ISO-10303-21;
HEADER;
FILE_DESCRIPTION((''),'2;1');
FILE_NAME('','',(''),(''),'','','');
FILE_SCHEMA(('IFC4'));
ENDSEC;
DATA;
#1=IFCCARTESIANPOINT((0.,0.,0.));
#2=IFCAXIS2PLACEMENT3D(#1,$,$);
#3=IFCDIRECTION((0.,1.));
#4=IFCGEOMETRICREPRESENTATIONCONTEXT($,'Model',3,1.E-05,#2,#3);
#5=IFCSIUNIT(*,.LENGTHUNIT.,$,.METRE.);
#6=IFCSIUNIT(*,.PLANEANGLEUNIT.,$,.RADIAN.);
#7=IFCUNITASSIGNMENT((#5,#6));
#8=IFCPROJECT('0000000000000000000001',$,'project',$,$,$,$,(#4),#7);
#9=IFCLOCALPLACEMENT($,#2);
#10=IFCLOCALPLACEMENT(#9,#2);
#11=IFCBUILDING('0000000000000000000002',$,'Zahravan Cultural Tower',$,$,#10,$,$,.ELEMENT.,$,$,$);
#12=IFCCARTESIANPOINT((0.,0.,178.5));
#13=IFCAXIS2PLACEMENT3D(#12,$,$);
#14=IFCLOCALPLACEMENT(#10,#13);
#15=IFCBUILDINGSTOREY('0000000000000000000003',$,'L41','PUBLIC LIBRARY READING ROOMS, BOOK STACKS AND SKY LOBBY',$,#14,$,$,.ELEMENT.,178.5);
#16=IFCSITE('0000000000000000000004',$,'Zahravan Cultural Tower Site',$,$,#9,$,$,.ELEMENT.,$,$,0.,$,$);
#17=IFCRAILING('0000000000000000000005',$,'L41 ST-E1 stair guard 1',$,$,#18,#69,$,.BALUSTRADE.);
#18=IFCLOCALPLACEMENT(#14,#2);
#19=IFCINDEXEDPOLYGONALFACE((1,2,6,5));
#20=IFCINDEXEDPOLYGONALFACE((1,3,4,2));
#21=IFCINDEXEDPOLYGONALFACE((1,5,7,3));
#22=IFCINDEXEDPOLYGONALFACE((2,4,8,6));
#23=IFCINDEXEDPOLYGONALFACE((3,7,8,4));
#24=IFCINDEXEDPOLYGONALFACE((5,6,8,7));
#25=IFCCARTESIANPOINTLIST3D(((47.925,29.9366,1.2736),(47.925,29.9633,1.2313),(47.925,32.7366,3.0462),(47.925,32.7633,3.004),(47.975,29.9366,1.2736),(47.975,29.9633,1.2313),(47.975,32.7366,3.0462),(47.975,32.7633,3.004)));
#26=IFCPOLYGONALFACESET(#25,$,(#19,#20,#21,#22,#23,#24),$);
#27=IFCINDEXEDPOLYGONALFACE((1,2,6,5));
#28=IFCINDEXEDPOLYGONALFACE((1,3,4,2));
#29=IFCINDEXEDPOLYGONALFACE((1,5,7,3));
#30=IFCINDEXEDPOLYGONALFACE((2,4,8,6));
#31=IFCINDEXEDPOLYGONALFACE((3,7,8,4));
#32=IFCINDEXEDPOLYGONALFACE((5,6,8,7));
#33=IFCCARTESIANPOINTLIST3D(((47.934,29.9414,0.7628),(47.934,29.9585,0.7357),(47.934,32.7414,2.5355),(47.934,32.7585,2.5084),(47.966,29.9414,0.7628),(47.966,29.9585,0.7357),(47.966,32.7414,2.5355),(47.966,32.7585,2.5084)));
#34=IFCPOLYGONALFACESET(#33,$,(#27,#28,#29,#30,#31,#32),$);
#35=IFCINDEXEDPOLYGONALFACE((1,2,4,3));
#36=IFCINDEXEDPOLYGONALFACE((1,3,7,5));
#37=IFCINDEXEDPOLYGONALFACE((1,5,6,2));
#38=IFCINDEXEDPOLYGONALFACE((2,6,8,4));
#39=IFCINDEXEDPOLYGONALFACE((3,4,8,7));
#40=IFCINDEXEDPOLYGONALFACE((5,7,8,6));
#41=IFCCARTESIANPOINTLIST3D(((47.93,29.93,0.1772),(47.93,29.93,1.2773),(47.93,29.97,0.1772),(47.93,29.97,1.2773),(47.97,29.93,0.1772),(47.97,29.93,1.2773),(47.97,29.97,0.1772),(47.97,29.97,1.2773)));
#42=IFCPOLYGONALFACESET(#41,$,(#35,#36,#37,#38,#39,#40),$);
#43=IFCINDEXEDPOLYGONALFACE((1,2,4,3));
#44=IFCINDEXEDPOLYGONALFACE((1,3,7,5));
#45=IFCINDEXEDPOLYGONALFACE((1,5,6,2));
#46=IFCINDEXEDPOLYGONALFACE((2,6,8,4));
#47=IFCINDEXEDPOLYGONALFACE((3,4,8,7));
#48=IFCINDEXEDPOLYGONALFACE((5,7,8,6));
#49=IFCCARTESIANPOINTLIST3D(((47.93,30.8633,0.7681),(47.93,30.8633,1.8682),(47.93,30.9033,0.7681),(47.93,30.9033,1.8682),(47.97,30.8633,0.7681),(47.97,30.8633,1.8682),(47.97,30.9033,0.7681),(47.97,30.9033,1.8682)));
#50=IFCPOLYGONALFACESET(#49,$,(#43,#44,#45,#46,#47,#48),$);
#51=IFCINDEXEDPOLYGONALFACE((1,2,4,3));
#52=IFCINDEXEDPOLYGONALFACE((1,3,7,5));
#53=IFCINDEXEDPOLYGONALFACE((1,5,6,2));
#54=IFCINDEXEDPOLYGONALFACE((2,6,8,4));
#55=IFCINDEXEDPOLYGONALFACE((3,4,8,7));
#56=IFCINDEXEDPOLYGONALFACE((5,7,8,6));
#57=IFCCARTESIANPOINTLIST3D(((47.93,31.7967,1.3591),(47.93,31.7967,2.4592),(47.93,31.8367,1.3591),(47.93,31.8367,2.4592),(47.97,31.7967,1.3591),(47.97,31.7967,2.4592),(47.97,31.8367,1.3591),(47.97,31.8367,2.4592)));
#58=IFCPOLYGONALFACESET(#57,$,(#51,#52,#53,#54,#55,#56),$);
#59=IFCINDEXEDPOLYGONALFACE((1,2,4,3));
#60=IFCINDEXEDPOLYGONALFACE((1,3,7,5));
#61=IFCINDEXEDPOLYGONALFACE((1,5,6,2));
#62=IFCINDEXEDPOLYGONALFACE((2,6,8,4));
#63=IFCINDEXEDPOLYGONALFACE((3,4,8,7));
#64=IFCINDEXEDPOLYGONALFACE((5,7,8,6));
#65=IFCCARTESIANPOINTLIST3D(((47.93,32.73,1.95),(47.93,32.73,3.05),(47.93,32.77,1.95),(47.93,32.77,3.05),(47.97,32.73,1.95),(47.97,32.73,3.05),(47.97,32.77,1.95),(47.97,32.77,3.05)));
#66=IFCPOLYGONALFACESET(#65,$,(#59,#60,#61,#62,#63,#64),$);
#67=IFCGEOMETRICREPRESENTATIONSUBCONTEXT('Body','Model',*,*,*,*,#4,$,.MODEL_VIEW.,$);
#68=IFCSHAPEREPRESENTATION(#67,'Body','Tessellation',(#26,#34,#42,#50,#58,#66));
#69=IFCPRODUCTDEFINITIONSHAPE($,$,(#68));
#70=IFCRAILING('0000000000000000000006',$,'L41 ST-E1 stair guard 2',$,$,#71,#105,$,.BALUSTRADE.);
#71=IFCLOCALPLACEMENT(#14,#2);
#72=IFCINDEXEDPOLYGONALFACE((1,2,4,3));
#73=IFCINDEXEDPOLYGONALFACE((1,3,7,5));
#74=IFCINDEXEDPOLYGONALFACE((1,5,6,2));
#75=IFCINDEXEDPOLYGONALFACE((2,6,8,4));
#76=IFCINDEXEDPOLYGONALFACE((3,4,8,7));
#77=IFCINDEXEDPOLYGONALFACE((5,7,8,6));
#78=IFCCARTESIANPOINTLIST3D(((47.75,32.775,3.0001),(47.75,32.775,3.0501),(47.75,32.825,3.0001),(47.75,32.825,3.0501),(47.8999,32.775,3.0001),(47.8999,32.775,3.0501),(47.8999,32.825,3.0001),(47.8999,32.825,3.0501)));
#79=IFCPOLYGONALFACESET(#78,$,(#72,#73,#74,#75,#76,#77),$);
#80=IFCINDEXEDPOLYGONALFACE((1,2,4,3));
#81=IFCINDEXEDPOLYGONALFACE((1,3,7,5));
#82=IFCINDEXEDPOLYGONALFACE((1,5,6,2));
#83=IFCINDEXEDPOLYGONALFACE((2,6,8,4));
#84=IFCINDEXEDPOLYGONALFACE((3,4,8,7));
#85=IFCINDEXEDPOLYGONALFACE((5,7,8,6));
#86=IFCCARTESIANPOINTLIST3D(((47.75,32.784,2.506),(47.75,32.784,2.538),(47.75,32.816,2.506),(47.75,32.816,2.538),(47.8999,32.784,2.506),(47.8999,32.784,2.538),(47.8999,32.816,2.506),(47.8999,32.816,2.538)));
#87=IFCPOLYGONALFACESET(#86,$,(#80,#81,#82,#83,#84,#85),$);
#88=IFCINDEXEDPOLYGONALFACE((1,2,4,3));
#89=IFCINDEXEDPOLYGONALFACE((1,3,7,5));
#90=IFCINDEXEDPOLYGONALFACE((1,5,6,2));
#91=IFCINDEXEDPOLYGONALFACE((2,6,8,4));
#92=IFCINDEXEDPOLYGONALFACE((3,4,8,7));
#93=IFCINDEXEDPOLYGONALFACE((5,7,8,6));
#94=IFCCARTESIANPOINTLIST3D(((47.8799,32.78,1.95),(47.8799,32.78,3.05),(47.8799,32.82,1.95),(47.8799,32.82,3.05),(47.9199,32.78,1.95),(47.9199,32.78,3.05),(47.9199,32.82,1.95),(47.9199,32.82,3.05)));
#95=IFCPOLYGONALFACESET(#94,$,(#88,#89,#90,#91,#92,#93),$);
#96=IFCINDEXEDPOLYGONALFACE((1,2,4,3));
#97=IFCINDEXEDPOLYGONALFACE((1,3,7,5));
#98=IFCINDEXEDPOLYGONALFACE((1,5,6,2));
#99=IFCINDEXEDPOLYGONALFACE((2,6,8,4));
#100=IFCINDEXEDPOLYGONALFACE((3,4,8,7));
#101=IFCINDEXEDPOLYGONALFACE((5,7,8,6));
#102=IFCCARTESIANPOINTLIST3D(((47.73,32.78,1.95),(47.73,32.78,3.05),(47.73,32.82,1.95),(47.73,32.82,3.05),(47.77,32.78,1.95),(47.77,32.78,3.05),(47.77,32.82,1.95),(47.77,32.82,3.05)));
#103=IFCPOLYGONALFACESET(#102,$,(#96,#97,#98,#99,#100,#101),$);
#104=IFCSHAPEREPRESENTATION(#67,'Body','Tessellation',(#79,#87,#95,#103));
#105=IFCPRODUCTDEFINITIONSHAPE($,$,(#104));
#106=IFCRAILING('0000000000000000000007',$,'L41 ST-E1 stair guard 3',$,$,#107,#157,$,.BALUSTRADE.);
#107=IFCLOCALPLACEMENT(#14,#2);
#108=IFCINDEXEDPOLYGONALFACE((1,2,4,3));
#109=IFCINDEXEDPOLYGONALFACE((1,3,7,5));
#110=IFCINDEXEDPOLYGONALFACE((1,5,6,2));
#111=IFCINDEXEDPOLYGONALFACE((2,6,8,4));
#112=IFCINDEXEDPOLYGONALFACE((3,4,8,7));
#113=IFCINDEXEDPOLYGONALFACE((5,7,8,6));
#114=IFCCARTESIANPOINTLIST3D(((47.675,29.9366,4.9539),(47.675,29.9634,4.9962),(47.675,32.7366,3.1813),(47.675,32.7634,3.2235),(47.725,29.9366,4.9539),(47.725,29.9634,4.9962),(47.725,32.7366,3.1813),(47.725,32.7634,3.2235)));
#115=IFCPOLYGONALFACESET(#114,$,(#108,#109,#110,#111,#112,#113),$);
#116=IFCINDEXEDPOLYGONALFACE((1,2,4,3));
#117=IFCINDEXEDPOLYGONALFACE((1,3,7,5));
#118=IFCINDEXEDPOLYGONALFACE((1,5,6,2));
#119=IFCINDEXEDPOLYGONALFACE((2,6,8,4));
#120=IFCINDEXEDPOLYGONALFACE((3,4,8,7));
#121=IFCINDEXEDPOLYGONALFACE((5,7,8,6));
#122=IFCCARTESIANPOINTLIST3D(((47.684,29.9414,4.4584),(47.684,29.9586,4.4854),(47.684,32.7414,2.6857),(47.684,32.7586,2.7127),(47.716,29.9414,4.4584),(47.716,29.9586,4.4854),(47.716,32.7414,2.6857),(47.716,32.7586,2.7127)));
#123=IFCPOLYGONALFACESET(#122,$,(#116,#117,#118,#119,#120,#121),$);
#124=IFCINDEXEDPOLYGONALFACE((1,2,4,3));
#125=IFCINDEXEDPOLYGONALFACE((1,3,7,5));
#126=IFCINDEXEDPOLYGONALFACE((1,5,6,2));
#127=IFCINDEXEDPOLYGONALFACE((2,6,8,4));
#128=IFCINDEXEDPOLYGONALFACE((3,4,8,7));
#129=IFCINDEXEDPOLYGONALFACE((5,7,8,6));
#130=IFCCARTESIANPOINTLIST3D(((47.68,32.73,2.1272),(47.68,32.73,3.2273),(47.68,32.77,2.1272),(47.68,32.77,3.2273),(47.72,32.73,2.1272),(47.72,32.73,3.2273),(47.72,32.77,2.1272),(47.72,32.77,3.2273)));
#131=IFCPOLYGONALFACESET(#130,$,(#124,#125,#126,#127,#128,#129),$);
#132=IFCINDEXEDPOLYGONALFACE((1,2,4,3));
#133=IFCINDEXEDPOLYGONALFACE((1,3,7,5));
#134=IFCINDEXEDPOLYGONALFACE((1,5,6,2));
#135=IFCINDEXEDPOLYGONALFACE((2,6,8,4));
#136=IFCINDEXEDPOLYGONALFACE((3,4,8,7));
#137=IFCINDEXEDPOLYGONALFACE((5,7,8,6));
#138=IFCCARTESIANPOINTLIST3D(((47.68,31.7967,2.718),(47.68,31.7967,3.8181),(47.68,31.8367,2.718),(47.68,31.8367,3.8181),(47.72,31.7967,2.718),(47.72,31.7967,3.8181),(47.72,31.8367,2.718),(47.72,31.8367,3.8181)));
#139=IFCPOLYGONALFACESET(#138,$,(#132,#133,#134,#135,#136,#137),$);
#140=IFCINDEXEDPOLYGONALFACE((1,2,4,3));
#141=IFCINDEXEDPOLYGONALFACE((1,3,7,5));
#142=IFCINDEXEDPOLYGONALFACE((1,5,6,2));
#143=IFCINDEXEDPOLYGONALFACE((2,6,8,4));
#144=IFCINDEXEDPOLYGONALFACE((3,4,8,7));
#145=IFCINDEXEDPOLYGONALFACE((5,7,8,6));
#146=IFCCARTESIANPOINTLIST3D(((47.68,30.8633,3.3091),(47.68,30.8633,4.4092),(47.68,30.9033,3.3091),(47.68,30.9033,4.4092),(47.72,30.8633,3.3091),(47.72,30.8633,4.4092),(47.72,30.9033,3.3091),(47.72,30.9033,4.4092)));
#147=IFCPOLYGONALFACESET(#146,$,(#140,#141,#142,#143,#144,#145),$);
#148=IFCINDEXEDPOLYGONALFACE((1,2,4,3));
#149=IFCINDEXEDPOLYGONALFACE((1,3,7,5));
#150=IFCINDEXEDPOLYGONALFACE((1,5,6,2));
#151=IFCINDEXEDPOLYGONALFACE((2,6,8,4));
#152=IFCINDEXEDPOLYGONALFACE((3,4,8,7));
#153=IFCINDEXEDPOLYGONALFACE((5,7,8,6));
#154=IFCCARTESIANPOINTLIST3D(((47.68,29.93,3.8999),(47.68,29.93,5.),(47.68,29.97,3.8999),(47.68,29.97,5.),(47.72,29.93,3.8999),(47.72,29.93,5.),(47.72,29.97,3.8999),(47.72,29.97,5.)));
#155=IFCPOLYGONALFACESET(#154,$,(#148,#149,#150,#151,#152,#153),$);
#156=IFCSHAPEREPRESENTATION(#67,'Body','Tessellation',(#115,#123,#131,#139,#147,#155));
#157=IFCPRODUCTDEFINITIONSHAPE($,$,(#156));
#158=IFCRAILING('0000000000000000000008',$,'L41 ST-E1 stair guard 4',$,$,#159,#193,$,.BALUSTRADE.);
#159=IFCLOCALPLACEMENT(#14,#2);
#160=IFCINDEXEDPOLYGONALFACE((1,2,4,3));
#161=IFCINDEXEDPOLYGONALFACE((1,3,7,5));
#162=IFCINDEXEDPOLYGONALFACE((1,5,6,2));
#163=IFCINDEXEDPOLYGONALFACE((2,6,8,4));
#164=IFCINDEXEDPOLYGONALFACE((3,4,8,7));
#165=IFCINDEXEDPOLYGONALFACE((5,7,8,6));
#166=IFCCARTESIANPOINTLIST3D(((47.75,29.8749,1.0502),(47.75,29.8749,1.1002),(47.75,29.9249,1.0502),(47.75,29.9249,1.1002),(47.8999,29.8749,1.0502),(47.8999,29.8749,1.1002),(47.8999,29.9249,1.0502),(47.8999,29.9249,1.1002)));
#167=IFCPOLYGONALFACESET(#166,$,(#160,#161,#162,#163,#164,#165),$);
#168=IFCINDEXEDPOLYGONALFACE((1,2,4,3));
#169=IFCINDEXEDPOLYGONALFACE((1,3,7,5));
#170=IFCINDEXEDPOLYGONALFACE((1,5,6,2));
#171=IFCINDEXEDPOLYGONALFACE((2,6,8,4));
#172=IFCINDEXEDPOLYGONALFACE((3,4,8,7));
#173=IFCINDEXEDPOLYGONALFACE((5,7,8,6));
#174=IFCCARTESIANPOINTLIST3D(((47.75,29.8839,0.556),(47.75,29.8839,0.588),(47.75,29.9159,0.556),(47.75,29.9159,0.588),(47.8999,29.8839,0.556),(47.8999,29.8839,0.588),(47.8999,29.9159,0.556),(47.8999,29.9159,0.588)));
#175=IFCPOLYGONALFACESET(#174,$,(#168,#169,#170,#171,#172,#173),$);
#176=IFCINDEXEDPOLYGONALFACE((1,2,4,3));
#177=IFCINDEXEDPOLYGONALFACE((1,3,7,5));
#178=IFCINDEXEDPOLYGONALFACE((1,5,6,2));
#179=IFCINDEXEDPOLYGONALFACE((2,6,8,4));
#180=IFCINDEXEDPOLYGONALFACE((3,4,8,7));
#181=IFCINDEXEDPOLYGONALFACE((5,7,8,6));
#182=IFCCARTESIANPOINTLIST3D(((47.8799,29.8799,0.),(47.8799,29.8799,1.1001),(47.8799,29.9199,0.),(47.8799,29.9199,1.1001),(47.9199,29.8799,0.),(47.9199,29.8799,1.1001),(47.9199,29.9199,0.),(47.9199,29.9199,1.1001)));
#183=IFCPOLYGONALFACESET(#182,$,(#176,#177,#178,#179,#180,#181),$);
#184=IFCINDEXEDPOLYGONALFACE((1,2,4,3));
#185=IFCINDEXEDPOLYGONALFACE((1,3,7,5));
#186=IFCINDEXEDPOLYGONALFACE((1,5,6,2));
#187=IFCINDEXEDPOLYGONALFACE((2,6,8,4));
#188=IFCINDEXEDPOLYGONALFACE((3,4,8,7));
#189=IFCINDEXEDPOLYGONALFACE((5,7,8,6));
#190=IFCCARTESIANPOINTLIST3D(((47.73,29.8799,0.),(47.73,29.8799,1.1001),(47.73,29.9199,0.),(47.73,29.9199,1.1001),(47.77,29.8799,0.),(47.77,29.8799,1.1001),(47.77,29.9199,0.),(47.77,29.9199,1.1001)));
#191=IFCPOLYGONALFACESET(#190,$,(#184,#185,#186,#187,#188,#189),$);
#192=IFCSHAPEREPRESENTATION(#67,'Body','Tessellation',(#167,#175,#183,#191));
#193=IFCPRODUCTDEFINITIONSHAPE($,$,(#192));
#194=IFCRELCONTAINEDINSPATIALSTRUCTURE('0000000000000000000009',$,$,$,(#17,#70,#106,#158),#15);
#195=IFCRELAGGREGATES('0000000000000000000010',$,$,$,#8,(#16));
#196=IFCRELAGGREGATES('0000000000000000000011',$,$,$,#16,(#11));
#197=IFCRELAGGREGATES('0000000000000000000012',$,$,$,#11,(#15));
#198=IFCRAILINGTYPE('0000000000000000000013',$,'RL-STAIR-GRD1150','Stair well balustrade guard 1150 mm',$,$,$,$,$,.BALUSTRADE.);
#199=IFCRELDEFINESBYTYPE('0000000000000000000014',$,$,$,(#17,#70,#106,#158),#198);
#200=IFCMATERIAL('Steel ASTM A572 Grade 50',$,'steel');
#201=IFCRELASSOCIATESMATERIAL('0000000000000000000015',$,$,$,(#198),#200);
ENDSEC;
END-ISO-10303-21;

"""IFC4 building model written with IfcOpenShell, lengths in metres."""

from ifc_helpers import new_model, si_unit, direction, frame, origin, origin_2d, place, context, subcontext, project, spatial, rectangle, extrude, material, type_object, element, save


model = new_model("IFC4")

# Units and contexts
model_context = context("Model", 3, precision=1e-05, world=origin(), true_north=direction((0.0, 1.0)))
body_context = subcontext(model_context, "Body", "Model", "MODEL_VIEW")
ifc_project = project(units=[si_unit("LENGTHUNIT", "METRE"), si_unit("PLANEANGLEUNIT", "RADIAN")], contexts=[model_context])

# Site, building, storey
site_placement = place(None, origin())
site = spatial("IfcSite", under=ifc_project, at=site_placement, Name="Zahravan Cultural Tower Site", CompositionType="ELEMENT", RefElevation=0.0)
building_placement = place(site_placement, origin())
building = spatial("IfcBuilding", under=site, at=building_placement, Name="Zahravan Cultural Tower", CompositionType="ELEMENT")
storey_placement = place(building_placement, frame((0.0, 0.0, 178.5)))
storey = spatial("IfcBuildingStorey", under=building, at=storey_placement, Name="L41", Description="PUBLIC LIBRARY READING ROOMS, BOOK STACKS AND SKY LOBBY", CompositionType="ELEMENT", Elevation=178.5)

# Shared definitions
ifc_material_1 = material(Name="Steel ASTM A572 Grade 50", Category="steel")

# Railings
railing_type_1 = type_object("IfcRailingType", Name="RL-STAIR-GRD1150", Description="Stair well balustrade guard 1150 mm", PredefinedType="BALUSTRADE", material=ifc_material_1)
railing_1_placement = place(storey_placement, frame((47.95, 29.95, 0.1772)))
element("IfcRailing", 1, at=railing_1_placement, inside=storey, type_object=railing_type_1, Name="L41 ST-E1 stair guard 1", PredefinedType="BALUSTRADE", context=body_context, shape_type="SweptSolid", body=[
    extrude(rectangle(XDim=0.05, YDim=0.05, at=origin_2d()), frame((0.0, 0.0, 1.0752), z_axis=(0.0, 0.844909, 0.53491), x_axis=(-1.0, 0.0, 0.0)), (0.0, 0.0, 1.0), 3.314),
    extrude(rectangle(XDim=0.032, YDim=0.032, at=origin_2d()), frame((0.0, 0.0, 0.572), z_axis=(0.0, 0.844909, 0.53491), x_axis=(-1.0, 0.0, 0.0)), (0.0, 0.0, 1.0), 3.314),
    extrude(rectangle(XDim=0.04, YDim=0.04, at=origin_2d()), origin(), (0.0, 0.0, 1.0), 1.1001),
    extrude(rectangle(XDim=0.04, YDim=0.04, at=origin_2d()), frame((0.0, 0.9333, 0.5908)), (0.0, 0.0, 1.0), 1.1001),
    extrude(rectangle(XDim=0.04, YDim=0.04, at=origin_2d()), frame((0.0, 1.8667, 1.1819)), (0.0, 0.0, 1.0), 1.1001),
    extrude(rectangle(XDim=0.04, YDim=0.04, at=origin_2d()), frame((0.0, 2.8, 1.7727)), (0.0, 0.0, 1.0), 1.1001),
])
railing_2_placement = place(storey_placement, frame((47.8999, 32.8, 1.95)))
element("IfcRailing", 2, at=railing_2_placement, inside=storey, type_object=railing_type_1, Name="L41 ST-E1 stair guard 2", PredefinedType="BALUSTRADE", context=body_context, shape_type="SweptSolid", body=[
    extrude(rectangle(XDim=0.05, YDim=0.05, at=origin_2d()), frame((0.0, 0.0, 1.0752), z_axis=(-1.0, 0.0, 0.0), x_axis=(0.0, -1.0, 0.0)), (0.0, 0.0, 1.0), 0.1499),
    extrude(rectangle(XDim=0.032, YDim=0.032, at=origin_2d()), frame((0.0, 0.0, 0.572), z_axis=(-1.0, 0.0, 0.0), x_axis=(0.0, -1.0, 0.0)), (0.0, 0.0, 1.0), 0.1499),
    extrude(rectangle(XDim=0.04, YDim=0.04, at=origin_2d()), origin(), (0.0, 0.0, 1.0), 1.1001),
    extrude(rectangle(XDim=0.04, YDim=0.04, at=origin_2d()), frame((-0.1499, 0.0, 0.0)), (0.0, 0.0, 1.0), 1.1001),
])
railing_3_placement = place(storey_placement, frame((47.7, 32.75, 2.1272)))
element("IfcRailing", 3, at=railing_3_placement, inside=storey, type_object=railing_type_1, Name="L41 ST-E1 stair guard 3", PredefinedType="BALUSTRADE", context=body_context, shape_type="SweptSolid", body=[
    extrude(rectangle(XDim=0.05, YDim=0.05, at=origin_2d()), frame((0.0, 0.0, 1.0752), z_axis=(0.0, -0.844909, 0.53491), x_axis=(1.0, 0.0, 0.0)), (0.0, 0.0, 1.0), 3.314),
    extrude(rectangle(XDim=0.032, YDim=0.032, at=origin_2d()), frame((0.0, 0.0, 0.572), z_axis=(0.0, -0.844909, 0.53491), x_axis=(1.0, 0.0, 0.0)), (0.0, 0.0, 1.0), 3.314),
    extrude(rectangle(XDim=0.04, YDim=0.04, at=origin_2d()), origin(), (0.0, 0.0, 1.0), 1.1001),
    extrude(rectangle(XDim=0.04, YDim=0.04, at=origin_2d()), frame((0.0, -0.9333, 0.5908)), (0.0, 0.0, 1.0), 1.1001),
    extrude(rectangle(XDim=0.04, YDim=0.04, at=origin_2d()), frame((0.0, -1.8667, 1.1819)), (0.0, 0.0, 1.0), 1.1001),
    extrude(rectangle(XDim=0.04, YDim=0.04, at=origin_2d()), frame((0.0, -2.8, 1.7727)), (0.0, 0.0, 1.0), 1.1001),
])
railing_4_placement = place(storey_placement, frame((47.8999, 29.8999, 0.0)))
element("IfcRailing", 4, at=railing_4_placement, inside=storey, type_object=railing_type_1, Name="L41 ST-E1 stair guard 4", PredefinedType="BALUSTRADE", context=body_context, shape_type="SweptSolid", body=[
    extrude(rectangle(XDim=0.05, YDim=0.05, at=origin_2d()), frame((0.0, 0.0, 1.0752), z_axis=(-1.0, 0.0, 0.0), x_axis=(0.0, -1.0, 0.0)), (0.0, 0.0, 1.0), 0.1499),
    extrude(rectangle(XDim=0.032, YDim=0.032, at=origin_2d()), frame((0.0, 0.0, 0.572), z_axis=(-1.0, 0.0, 0.0), x_axis=(0.0, -1.0, 0.0)), (0.0, 0.0, 1.0), 0.1499),
    extrude(rectangle(XDim=0.04, YDim=0.04, at=origin_2d()), origin(), (0.0, 0.0, 1.0), 1.1001),
    extrude(rectangle(XDim=0.04, YDim=0.04, at=origin_2d()), frame((-0.1499, 0.0, 0.0)), (0.0, 0.0, 1.0), 1.1001),
])

save(model, "model.ifc")
